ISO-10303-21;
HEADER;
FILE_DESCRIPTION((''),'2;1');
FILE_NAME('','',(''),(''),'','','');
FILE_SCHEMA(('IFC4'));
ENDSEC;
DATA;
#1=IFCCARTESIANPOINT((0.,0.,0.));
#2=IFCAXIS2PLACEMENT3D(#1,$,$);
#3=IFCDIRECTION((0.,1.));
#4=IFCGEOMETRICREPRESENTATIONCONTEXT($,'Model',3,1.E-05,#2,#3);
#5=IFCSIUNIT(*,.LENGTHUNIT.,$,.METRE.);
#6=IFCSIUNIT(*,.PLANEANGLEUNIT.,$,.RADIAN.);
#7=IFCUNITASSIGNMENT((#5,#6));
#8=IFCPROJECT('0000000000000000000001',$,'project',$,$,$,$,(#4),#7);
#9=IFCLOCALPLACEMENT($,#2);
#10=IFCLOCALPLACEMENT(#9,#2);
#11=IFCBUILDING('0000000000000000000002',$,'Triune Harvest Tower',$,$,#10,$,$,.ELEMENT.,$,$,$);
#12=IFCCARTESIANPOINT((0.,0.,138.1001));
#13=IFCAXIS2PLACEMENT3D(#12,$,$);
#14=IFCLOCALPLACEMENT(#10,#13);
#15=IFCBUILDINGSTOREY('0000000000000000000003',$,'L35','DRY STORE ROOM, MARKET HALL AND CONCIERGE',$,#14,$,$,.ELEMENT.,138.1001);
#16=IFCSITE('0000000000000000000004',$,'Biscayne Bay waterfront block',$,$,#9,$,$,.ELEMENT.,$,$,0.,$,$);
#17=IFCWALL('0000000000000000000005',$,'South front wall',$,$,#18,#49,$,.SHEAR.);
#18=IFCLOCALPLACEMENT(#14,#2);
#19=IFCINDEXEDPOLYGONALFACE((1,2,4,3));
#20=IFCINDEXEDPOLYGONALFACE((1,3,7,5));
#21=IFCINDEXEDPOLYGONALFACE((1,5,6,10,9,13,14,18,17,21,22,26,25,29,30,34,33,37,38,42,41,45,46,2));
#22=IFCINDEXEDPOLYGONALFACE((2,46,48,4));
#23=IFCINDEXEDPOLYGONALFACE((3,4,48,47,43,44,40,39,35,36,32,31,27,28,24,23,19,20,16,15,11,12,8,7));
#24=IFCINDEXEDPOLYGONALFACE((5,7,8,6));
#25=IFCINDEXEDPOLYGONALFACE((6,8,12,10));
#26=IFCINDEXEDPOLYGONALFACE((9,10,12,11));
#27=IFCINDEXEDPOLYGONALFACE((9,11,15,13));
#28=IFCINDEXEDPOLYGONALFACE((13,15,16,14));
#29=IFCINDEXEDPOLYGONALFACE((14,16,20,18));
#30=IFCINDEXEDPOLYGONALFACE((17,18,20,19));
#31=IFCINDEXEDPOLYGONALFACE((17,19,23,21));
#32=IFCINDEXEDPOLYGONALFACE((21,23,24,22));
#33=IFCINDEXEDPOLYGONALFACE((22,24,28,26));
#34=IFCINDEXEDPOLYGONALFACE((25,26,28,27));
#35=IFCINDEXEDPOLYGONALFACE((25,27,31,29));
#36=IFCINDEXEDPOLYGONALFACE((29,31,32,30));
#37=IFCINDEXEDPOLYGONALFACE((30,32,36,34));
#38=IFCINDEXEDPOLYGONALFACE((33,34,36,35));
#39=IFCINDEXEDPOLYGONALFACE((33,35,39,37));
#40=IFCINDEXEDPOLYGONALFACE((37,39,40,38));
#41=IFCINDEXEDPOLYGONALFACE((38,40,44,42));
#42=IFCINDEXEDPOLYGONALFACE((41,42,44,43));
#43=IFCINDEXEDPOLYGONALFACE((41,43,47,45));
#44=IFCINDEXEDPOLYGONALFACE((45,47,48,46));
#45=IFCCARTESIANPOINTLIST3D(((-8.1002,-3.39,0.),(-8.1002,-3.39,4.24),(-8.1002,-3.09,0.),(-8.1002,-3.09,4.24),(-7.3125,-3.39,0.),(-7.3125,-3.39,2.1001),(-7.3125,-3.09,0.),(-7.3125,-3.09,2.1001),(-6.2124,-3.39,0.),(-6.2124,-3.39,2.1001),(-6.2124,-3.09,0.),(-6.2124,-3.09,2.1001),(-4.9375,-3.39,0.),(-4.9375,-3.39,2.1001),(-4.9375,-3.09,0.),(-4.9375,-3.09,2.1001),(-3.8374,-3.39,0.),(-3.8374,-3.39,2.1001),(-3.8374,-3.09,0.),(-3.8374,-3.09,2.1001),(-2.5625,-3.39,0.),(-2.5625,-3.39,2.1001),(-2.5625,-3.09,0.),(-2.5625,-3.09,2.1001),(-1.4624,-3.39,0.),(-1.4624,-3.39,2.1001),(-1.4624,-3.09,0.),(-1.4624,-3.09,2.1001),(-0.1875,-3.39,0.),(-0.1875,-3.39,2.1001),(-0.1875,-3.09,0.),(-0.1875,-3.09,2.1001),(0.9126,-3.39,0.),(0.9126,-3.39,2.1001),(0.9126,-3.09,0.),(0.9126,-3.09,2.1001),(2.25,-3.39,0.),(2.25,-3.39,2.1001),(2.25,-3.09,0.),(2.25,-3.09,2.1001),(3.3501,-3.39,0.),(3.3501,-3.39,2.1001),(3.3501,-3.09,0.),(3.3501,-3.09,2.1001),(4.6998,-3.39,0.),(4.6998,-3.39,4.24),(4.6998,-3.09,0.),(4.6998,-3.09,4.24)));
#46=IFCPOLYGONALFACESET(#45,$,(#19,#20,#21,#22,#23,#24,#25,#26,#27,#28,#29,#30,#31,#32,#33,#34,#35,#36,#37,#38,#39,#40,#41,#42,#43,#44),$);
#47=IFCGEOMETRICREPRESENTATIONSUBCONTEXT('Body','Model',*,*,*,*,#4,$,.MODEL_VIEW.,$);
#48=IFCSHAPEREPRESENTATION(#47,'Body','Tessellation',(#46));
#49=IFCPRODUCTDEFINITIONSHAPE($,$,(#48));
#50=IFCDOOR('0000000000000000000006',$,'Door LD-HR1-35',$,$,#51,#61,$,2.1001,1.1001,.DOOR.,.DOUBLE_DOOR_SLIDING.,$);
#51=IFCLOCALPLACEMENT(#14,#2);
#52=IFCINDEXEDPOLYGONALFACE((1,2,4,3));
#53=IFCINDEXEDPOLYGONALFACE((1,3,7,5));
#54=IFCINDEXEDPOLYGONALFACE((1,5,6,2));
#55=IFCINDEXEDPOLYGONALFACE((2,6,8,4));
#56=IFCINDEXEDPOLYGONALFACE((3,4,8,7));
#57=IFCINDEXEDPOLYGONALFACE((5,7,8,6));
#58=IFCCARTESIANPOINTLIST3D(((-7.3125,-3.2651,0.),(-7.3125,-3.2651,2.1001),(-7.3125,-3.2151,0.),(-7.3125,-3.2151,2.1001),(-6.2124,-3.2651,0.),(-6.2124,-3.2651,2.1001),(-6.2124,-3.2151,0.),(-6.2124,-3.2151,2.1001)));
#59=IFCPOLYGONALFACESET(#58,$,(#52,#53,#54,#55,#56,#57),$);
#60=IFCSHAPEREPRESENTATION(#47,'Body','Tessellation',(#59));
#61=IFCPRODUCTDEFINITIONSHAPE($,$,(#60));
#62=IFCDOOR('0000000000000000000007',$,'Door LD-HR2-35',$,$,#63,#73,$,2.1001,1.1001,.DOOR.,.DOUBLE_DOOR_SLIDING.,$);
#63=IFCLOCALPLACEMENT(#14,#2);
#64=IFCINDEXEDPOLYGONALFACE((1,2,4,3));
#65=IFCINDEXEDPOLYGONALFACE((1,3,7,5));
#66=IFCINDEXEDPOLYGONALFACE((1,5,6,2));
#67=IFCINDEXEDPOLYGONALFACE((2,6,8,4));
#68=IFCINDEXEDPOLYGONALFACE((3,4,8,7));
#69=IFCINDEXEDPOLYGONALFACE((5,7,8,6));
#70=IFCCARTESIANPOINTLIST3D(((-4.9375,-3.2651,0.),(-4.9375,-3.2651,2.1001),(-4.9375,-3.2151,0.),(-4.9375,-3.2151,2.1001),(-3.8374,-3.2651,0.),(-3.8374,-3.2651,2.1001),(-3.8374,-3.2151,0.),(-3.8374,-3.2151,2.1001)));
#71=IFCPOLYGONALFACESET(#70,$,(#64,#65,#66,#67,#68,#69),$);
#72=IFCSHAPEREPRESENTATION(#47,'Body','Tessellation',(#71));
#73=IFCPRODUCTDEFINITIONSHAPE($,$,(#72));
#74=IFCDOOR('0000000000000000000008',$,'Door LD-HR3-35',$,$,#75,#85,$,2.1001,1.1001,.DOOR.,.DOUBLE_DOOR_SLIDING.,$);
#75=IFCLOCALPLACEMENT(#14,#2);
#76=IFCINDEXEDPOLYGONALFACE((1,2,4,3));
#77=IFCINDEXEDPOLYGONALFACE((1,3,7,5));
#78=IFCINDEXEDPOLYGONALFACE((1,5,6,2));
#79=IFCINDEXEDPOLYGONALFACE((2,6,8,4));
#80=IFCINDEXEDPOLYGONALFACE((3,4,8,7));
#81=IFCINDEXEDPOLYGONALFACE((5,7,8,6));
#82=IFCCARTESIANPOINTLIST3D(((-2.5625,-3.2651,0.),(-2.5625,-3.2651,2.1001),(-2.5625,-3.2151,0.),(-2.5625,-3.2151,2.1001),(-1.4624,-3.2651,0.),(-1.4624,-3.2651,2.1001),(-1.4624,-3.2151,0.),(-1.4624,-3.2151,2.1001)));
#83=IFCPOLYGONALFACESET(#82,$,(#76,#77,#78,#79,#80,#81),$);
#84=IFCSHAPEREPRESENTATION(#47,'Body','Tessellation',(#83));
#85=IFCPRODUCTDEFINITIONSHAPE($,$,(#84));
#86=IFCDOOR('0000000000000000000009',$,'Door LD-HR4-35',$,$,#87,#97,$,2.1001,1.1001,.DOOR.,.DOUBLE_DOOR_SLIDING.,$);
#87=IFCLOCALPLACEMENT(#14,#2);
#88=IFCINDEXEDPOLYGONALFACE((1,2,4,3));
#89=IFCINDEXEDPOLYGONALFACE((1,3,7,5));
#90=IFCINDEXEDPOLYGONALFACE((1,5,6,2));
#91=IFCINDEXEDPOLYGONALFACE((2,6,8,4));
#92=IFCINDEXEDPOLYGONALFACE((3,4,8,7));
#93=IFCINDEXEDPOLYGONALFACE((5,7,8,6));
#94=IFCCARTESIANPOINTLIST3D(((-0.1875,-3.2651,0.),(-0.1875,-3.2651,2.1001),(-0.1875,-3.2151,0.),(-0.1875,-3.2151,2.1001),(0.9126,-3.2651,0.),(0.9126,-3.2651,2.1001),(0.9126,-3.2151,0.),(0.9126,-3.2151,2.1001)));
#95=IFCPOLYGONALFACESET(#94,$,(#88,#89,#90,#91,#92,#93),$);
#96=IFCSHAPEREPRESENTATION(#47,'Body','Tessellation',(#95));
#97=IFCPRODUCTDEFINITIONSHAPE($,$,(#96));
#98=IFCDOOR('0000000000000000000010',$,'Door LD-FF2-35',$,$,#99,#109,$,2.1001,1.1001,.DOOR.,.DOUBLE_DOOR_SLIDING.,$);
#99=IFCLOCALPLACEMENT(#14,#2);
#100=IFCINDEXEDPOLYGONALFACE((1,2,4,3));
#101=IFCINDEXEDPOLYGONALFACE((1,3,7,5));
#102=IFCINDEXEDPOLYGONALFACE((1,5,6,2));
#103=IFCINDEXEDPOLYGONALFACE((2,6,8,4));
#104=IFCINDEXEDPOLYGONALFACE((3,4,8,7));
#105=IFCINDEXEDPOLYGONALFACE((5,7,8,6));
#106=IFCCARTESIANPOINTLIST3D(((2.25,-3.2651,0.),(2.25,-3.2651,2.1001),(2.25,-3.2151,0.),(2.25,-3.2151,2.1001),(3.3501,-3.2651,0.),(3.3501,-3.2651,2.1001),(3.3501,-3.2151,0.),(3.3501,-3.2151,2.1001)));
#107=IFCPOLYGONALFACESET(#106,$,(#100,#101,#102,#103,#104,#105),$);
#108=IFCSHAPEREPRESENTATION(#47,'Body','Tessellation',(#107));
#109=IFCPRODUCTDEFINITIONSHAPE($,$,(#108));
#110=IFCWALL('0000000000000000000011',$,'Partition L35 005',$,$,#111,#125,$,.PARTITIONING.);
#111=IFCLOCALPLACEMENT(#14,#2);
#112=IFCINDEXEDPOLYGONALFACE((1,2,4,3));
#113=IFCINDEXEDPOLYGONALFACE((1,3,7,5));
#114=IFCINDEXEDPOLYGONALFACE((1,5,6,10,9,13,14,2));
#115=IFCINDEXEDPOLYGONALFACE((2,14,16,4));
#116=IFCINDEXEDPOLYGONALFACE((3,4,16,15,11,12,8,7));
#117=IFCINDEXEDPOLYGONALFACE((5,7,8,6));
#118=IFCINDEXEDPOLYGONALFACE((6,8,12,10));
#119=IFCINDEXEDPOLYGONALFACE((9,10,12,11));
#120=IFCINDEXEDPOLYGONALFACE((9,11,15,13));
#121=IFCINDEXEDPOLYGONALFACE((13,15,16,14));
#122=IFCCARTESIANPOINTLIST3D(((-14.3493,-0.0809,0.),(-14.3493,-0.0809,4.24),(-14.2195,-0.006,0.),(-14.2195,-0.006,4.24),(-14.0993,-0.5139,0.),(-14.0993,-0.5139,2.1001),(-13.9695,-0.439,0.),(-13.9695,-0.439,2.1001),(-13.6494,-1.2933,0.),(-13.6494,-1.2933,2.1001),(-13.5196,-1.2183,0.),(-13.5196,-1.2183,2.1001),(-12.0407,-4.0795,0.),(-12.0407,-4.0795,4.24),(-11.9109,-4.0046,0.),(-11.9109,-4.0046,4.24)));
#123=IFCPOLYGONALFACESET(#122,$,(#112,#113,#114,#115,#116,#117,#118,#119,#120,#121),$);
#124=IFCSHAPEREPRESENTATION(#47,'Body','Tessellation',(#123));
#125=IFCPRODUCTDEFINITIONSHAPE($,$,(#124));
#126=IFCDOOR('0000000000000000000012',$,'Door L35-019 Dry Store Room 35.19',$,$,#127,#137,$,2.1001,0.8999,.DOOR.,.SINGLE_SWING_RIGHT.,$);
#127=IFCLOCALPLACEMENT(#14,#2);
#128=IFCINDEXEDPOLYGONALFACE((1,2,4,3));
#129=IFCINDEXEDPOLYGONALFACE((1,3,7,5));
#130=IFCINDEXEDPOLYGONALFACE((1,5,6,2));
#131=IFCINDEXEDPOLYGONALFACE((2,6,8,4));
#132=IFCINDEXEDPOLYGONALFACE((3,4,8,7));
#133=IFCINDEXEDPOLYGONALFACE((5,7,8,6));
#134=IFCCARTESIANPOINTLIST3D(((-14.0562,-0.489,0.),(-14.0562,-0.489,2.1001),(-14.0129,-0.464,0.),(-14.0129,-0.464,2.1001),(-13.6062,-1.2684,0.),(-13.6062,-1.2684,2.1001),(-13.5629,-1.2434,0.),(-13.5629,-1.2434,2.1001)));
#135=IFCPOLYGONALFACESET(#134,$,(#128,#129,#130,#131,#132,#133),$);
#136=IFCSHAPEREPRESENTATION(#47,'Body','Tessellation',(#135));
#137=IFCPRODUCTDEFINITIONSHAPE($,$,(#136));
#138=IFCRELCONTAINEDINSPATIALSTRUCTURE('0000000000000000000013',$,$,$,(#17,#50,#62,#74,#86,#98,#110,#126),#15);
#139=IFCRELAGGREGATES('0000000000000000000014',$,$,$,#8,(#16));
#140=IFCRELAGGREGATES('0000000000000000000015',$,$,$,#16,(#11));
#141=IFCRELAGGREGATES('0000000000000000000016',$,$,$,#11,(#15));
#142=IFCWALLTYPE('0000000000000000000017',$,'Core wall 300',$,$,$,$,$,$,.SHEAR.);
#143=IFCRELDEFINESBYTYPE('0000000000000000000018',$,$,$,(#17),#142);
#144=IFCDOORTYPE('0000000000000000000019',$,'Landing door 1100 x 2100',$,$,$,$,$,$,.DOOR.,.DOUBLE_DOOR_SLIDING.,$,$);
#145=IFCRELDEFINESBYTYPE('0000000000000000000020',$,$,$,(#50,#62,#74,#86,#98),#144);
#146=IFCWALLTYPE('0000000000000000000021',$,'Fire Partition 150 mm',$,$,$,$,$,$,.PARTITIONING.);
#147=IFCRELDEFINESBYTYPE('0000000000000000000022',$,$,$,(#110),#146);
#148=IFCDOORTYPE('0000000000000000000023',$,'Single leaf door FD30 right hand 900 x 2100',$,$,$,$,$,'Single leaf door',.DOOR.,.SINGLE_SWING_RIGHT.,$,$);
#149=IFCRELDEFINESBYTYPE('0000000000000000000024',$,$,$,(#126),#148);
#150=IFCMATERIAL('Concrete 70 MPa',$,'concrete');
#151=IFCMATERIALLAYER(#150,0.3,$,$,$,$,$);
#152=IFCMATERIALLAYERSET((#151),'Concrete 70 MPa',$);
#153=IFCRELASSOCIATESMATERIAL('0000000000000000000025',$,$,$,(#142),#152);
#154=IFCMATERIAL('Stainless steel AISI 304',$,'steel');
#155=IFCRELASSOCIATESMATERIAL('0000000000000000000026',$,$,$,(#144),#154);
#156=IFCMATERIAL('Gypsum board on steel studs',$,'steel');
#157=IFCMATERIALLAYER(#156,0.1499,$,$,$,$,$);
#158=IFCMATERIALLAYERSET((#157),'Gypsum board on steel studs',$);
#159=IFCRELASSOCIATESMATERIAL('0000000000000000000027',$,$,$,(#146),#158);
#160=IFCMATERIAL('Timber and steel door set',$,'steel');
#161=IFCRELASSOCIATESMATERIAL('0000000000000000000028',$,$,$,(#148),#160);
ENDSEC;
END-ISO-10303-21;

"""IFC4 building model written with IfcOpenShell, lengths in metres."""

from ifc_helpers import new_model, si_unit, direction, frame, frame_2d, origin, place, context, subcontext, project, spatial, rectangle, extrude, material, layer, layer_set, type_object, element, fill, save


model = new_model("IFC4")

# Units and contexts
model_context = context("Model", 3, precision=1e-05, world=origin(), true_north=direction((0.0, 1.0)))
body_context = subcontext(model_context, "Body", "Model", "MODEL_VIEW")
ifc_project = project(units=[si_unit("LENGTHUNIT", "METRE"), si_unit("PLANEANGLEUNIT", "RADIAN")], contexts=[model_context])

# Site, building, storey
site_placement = place(None, origin())
site = spatial("IfcSite", under=ifc_project, at=site_placement, Name="Biscayne Bay waterfront block", CompositionType="ELEMENT", RefElevation=0.0)
building_placement = place(site_placement, origin())
building = spatial("IfcBuilding", under=site, at=building_placement, Name="Triune Harvest Tower", CompositionType="ELEMENT")
storey_placement = place(building_placement, frame((0.0, 0.0, 138.1001)))
storey = spatial("IfcBuildingStorey", under=building, at=storey_placement, Name="L35", Description="DRY STORE ROOM, MARKET HALL AND CONCIERGE", CompositionType="ELEMENT", Elevation=138.1001)

# Wall, openings, doors
ifc_material_1 = material(Name="Concrete 70 MPa", Category="concrete")
ifc_layer_1 = layer(ifc_material_1, 0.3)
ifc_layer_set_1 = layer_set([ifc_layer_1], Name="Concrete 70 MPa")
wall_type_1 = type_object("IfcWallType", Name="Core wall 300", PredefinedType="SHEAR", material=ifc_layer_set_1)
wall_1_placement = place(storey_placement, frame((-8.1001, -3.24, 0.0), z_axis=(0.0, 0.0, 1.0), x_axis=(1.0, 0.0, 0.0)))
wall_1 = element("IfcWall", 1, at=wall_1_placement, inside=storey, type_object=wall_type_1, Name="South front wall", PredefinedType="SHEAR", context=body_context, shape_type="SweptSolid", body=[
    extrude(rectangle(XDim=12.8, YDim=0.3, at=frame_2d((6.3999, 0.0))), origin(), (0.0, 0.0, 1.0), 4.24),
])
opening_1_placement = place(wall_1_placement, frame((0.7876, 0.0, 0.0)))
opening_1 = element("IfcOpeningElement", 2, at=opening_1_placement, cuts=wall_1, PredefinedType="OPENING", context=body_context, shape_type="SweptSolid", body=[
    extrude(rectangle(XDim=1.1001, YDim=2.1001, at=frame_2d((0.55, 1.05))), frame((0.0, 0.1602, 0.0), z_axis=(0.0, -1.0, 0.0), x_axis=(1.0, 0.0, 0.0)), (0.0, 0.0, 1.0), 0.3201),
])
opening_2_placement = place(wall_1_placement, frame((3.1626, 0.0, 0.0)))
opening_2 = element("IfcOpeningElement", 3, at=opening_2_placement, cuts=wall_1, PredefinedType="OPENING", context=body_context, shape_type="SweptSolid", body=[
    extrude(rectangle(XDim=1.1001, YDim=2.1001, at=frame_2d((0.55, 1.05))), frame((0.0, 0.1602, 0.0), z_axis=(0.0, -1.0, 0.0), x_axis=(1.0, 0.0, 0.0)), (0.0, 0.0, 1.0), 0.3201),
])
opening_3_placement = place(wall_1_placement, frame((5.5376, 0.0, 0.0)))
opening_3 = element("IfcOpeningElement", 4, at=opening_3_placement, cuts=wall_1, PredefinedType="OPENING", context=body_context, shape_type="SweptSolid", body=[
    extrude(rectangle(XDim=1.1001, YDim=2.1001, at=frame_2d((0.55, 1.05))), frame((0.0, 0.1602, 0.0), z_axis=(0.0, -1.0, 0.0), x_axis=(1.0, 0.0, 0.0)), (0.0, 0.0, 1.0), 0.3201),
])
opening_4_placement = place(wall_1_placement, frame((7.9126, 0.0, 0.0)))
opening_4 = element("IfcOpeningElement", 5, at=opening_4_placement, cuts=wall_1, PredefinedType="OPENING", context=body_context, shape_type="SweptSolid", body=[
    extrude(rectangle(XDim=1.1001, YDim=2.1001, at=frame_2d((0.55, 1.05))), frame((0.0, 0.1602, 0.0), z_axis=(0.0, -1.0, 0.0), x_axis=(1.0, 0.0, 0.0)), (0.0, 0.0, 1.0), 0.3201),
])
opening_5_placement = place(wall_1_placement, frame((10.3501, 0.0, 0.0)))
opening_5 = element("IfcOpeningElement", 6, at=opening_5_placement, cuts=wall_1, PredefinedType="OPENING", context=body_context, shape_type="SweptSolid", body=[
    extrude(rectangle(XDim=1.1001, YDim=2.1001, at=frame_2d((0.55, 1.05))), frame((0.0, 0.1602, 0.0), z_axis=(0.0, -1.0, 0.0), x_axis=(1.0, 0.0, 0.0)), (0.0, 0.0, 1.0), 0.3201),
])
ifc_material_2 = material(Name="Stainless steel AISI 304", Category="steel")
door_type_1 = type_object("IfcDoorType", Name="Landing door 1100 x 2100", OperationType="DOUBLE_DOOR_SLIDING", PredefinedType="DOOR", material=ifc_material_2)
door_1_placement = place(opening_1_placement, origin())
door_1 = element("IfcDoor", 7, at=door_1_placement, inside=storey, type_object=door_type_1, Name="Door LD-HR1-35", OperationType="DOUBLE_DOOR_SLIDING", OverallHeight=2.1001, OverallWidth=1.1001, PredefinedType="DOOR", context=body_context, shape_type="SweptSolid", body=[
    extrude(rectangle(XDim=1.1001, YDim=2.1001, at=frame_2d((0.55, 1.05))), frame((0.0, 0.0249, 0.0), z_axis=(0.0, -1.0, 0.0), x_axis=(1.0, 0.0, 0.0)), (0.0, 0.0, 1.0), 0.05),
])
fill(opening_1, door_1)
door_2_placement = place(opening_2_placement, origin())
door_2 = element("IfcDoor", 8, at=door_2_placement, inside=storey, type_object=door_type_1, Name="Door LD-HR2-35", OperationType="DOUBLE_DOOR_SLIDING", OverallHeight=2.1001, OverallWidth=1.1001, PredefinedType="DOOR", context=body_context, shape_type="SweptSolid", body=[
    extrude(rectangle(XDim=1.1001, YDim=2.1001, at=frame_2d((0.55, 1.05))), frame((0.0, 0.0249, 0.0), z_axis=(0.0, -1.0, 0.0), x_axis=(1.0, 0.0, 0.0)), (0.0, 0.0, 1.0), 0.05),
])
fill(opening_2, door_2)
door_3_placement = place(opening_3_placement, origin())
door_3 = element("IfcDoor", 9, at=door_3_placement, inside=storey, type_object=door_type_1, Name="Door LD-HR3-35", OperationType="DOUBLE_DOOR_SLIDING", OverallHeight=2.1001, OverallWidth=1.1001, PredefinedType="DOOR", context=body_context, shape_type="SweptSolid", body=[
    extrude(rectangle(XDim=1.1001, YDim=2.1001, at=frame_2d((0.55, 1.05))), frame((0.0, 0.0249, 0.0), z_axis=(0.0, -1.0, 0.0), x_axis=(1.0, 0.0, 0.0)), (0.0, 0.0, 1.0), 0.05),
])
fill(opening_3, door_3)
door_4_placement = place(opening_4_placement, origin())
door_4 = element("IfcDoor", 10, at=door_4_placement, inside=storey, type_object=door_type_1, Name="Door LD-HR4-35", OperationType="DOUBLE_DOOR_SLIDING", OverallHeight=2.1001, OverallWidth=1.1001, PredefinedType="DOOR", context=body_context, shape_type="SweptSolid", body=[
    extrude(rectangle(XDim=1.1001, YDim=2.1001, at=frame_2d((0.55, 1.05))), frame((0.0, 0.0249, 0.0), z_axis=(0.0, -1.0, 0.0), x_axis=(1.0, 0.0, 0.0)), (0.0, 0.0, 1.0), 0.05),
])
fill(opening_4, door_4)
door_5_placement = place(opening_5_placement, origin())
door_5 = element("IfcDoor", 11, at=door_5_placement, inside=storey, type_object=door_type_1, Name="Door LD-FF2-35", OperationType="DOUBLE_DOOR_SLIDING", OverallHeight=2.1001, OverallWidth=1.1001, PredefinedType="DOOR", context=body_context, shape_type="SweptSolid", body=[
    extrude(rectangle(XDim=1.1001, YDim=2.1001, at=frame_2d((0.55, 1.05))), frame((0.0, 0.0249, 0.0), z_axis=(0.0, -1.0, 0.0), x_axis=(1.0, 0.0, 0.0)), (0.0, 0.0, 1.0), 0.05),
])
fill(opening_5, door_5)

# Wall, opening, door
ifc_material_3 = material(Name="Gypsum board on steel studs", Category="steel")
ifc_layer_2 = layer(ifc_material_3, 0.1499)
ifc_layer_set_2 = layer_set([ifc_layer_2], Name="Gypsum board on steel studs")
wall_type_2 = type_object("IfcWallType", Name="Fire Partition 150 mm", PredefinedType="PARTITIONING", material=ifc_layer_set_2)
wall_2_placement = place(storey_placement, frame((-14.2844, -0.0435, 0.0), z_axis=(0.0, 0.0, 1.0), x_axis=(0.500006, -0.866022, 0.0)))
wall_2 = element("IfcWall", 12, at=wall_2_placement, inside=storey, type_object=wall_type_2, Name="Partition L35 005", PredefinedType="PARTITIONING", context=body_context, shape_type="SweptSolid", body=[
    extrude(rectangle(XDim=4.6172, YDim=0.1499, at=frame_2d((2.3086, 0.0))), origin(), (0.0, 0.0, 1.0), 4.24),
])
opening_6_placement = place(wall_2_placement, frame((0.5, 0.0, 0.0)))
opening_6 = element("IfcOpeningElement", 13, at=opening_6_placement, cuts=wall_2, PredefinedType="OPENING", context=body_context, shape_type="SweptSolid", body=[
    extrude(rectangle(XDim=0.8999, YDim=2.1001, at=frame_2d((0.45, 1.05))), frame((0.0, 0.085, 0.0), z_axis=(0.0, -1.0, 0.0), x_axis=(1.0, 0.0, 0.0)), (0.0, 0.0, 1.0), 0.1699),
])
ifc_material_4 = material(Name="Timber and steel door set", Category="steel")
door_type_2 = type_object("IfcDoorType", Name="Single leaf door FD30 right hand 900 x 2100", ElementType="Single leaf door", OperationType="SINGLE_SWING_RIGHT", PredefinedType="DOOR", material=ifc_material_4)
door_6_placement = place(opening_6_placement, origin())
door_6 = element("IfcDoor", 14, at=door_6_placement, inside=storey, type_object=door_type_2, Name="Door L35-019 Dry Store Room 35.19", OperationType="SINGLE_SWING_RIGHT", OverallHeight=2.1001, OverallWidth=0.8999, PredefinedType="DOOR", context=body_context, shape_type="SweptSolid", body=[
    extrude(rectangle(XDim=0.8999, YDim=2.1001, at=frame_2d((0.45, 1.05))), frame((0.0, 0.0249, 0.0), z_axis=(0.0, -1.0, 0.0), x_axis=(1.0, 0.0, 0.0)), (0.0, 0.0, 1.0), 0.05),
])
fill(opening_6, door_6)

save(model, "model.ifc")
